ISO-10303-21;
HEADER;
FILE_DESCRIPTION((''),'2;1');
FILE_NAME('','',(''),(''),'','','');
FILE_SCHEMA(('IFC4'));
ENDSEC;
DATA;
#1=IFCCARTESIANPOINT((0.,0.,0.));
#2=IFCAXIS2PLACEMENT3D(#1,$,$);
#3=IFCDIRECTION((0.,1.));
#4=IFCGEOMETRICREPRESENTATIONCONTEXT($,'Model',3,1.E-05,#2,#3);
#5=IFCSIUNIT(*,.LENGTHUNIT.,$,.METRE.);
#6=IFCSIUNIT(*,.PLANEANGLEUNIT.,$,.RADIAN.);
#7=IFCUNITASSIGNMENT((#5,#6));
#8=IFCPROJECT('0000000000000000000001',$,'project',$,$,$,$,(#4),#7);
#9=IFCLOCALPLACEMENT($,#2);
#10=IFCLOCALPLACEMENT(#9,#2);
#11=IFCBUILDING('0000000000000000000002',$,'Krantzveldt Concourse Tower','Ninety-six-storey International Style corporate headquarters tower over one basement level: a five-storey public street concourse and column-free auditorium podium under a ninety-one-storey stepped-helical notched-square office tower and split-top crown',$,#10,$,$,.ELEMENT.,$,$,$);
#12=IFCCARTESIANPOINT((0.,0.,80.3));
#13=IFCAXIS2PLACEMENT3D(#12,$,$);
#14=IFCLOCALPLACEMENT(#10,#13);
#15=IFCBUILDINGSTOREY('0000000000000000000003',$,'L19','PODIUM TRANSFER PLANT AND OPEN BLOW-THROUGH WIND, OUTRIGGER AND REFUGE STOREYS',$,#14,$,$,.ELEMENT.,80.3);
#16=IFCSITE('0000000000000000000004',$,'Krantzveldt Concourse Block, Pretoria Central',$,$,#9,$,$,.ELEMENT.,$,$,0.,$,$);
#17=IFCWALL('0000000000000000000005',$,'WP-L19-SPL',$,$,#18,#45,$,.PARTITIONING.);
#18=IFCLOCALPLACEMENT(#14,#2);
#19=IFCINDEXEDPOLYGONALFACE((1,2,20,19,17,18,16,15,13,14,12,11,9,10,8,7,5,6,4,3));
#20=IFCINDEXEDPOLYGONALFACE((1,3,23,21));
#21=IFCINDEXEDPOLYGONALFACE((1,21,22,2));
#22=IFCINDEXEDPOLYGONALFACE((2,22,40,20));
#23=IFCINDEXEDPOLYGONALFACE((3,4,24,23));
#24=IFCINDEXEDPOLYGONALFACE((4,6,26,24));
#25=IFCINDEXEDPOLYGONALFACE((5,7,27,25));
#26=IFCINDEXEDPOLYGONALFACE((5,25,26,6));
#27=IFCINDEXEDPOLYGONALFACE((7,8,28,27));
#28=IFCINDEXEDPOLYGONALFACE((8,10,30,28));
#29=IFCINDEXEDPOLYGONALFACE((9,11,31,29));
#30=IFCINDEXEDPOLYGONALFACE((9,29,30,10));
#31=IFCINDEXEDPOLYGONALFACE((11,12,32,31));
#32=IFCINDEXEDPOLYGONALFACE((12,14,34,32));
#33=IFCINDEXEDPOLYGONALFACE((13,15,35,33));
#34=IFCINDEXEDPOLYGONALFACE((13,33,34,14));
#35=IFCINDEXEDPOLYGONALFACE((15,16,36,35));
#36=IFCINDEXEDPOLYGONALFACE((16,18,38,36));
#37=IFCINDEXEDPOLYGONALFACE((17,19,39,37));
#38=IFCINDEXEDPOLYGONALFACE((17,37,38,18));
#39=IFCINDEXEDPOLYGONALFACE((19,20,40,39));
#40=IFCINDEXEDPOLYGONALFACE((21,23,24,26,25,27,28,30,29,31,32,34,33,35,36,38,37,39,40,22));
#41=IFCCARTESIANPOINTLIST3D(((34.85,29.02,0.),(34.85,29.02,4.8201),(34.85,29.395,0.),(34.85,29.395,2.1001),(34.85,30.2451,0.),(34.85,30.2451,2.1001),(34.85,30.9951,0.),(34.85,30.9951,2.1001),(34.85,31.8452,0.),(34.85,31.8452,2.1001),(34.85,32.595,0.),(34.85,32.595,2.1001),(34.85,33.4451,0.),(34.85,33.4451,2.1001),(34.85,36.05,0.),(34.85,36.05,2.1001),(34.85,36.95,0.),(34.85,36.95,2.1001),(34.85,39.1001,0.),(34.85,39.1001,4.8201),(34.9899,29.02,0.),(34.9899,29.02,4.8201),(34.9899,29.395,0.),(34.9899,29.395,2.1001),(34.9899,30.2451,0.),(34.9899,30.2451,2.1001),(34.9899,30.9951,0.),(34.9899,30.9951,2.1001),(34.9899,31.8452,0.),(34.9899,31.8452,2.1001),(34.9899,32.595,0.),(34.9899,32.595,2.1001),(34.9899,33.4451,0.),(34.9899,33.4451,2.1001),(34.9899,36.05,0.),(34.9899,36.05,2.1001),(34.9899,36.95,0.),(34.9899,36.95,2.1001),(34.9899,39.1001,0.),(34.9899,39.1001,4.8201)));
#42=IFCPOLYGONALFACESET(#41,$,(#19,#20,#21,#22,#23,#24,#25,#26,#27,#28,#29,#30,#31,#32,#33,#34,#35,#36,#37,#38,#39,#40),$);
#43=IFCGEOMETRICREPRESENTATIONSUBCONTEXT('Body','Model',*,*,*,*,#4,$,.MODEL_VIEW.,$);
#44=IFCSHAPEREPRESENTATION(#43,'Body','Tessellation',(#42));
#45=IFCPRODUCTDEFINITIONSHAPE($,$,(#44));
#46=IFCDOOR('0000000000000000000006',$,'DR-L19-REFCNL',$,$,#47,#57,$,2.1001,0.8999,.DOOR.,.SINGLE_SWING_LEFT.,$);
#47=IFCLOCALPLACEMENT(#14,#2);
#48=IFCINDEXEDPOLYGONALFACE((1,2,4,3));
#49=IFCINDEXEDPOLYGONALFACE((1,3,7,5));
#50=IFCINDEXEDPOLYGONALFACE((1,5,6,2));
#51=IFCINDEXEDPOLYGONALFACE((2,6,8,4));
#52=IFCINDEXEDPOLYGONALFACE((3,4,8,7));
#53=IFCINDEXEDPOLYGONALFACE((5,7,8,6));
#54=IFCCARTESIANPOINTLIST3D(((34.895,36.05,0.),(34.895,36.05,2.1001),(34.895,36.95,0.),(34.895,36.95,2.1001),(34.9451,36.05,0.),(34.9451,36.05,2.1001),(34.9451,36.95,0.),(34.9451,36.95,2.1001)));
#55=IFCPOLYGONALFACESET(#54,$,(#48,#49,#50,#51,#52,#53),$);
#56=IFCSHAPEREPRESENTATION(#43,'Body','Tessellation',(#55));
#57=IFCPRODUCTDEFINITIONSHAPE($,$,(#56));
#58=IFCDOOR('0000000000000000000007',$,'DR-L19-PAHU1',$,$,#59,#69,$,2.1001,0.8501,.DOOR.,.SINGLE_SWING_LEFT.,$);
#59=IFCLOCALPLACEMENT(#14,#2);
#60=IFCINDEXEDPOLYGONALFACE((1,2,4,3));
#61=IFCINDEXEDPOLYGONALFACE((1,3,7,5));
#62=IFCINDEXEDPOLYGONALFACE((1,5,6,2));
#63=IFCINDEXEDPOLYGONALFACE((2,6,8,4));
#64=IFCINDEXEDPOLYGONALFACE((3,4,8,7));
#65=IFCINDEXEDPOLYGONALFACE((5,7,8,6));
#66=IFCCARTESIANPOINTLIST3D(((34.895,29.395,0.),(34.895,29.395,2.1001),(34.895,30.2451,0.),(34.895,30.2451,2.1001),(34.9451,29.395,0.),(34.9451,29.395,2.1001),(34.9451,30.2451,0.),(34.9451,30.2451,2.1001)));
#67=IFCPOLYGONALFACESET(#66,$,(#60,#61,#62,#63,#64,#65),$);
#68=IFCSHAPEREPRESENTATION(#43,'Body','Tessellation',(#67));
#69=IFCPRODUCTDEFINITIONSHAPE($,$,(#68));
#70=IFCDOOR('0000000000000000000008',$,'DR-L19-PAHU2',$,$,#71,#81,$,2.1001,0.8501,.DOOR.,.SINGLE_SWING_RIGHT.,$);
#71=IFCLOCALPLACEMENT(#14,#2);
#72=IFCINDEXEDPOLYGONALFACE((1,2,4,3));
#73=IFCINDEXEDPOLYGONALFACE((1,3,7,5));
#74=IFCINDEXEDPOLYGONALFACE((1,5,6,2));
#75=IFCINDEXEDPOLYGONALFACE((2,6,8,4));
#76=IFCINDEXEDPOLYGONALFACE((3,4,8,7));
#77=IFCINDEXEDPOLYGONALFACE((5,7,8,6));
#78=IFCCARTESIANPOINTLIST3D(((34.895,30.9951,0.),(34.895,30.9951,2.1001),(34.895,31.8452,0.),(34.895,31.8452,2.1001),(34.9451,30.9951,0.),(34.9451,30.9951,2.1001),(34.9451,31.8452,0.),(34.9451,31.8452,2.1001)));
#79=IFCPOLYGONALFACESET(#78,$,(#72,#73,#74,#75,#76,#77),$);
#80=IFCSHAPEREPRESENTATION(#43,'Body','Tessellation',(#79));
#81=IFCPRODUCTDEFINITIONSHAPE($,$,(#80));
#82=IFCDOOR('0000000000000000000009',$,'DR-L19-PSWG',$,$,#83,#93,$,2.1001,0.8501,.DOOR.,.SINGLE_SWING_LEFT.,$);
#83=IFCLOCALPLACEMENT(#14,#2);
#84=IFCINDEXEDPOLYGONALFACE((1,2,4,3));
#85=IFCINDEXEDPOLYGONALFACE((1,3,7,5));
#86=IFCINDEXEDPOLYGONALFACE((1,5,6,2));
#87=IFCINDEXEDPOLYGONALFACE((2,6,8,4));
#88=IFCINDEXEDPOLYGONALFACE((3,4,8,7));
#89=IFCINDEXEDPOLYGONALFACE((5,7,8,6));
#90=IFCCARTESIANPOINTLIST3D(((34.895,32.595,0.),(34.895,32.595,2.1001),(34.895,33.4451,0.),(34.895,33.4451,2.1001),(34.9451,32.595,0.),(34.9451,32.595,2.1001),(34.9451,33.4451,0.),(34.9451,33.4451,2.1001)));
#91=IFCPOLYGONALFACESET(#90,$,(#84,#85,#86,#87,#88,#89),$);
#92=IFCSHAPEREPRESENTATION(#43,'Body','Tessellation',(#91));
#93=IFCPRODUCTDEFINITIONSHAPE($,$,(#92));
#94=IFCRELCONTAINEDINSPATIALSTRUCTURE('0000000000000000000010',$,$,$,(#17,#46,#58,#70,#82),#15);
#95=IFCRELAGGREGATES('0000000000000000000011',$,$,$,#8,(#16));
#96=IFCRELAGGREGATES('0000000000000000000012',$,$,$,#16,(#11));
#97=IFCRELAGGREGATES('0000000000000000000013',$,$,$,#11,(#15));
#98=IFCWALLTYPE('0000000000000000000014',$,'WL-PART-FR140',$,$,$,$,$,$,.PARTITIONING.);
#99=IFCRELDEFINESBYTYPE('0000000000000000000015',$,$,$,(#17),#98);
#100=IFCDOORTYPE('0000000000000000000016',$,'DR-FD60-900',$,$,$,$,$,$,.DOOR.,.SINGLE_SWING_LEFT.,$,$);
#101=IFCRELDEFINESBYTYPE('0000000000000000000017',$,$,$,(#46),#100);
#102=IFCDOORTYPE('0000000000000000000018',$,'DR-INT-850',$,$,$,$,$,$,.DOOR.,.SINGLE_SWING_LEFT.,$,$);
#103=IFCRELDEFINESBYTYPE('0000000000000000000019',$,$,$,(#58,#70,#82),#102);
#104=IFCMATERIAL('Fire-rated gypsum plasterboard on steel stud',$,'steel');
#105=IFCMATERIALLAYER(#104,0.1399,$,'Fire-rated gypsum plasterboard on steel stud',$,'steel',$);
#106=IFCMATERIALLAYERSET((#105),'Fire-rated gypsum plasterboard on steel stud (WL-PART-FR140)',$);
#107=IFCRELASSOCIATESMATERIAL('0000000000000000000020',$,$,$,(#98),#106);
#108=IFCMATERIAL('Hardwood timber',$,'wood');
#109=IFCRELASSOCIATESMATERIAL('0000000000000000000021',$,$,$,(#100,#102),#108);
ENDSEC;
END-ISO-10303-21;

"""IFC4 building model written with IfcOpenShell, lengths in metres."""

from ifc_helpers import new_model, si_unit, direction, frame, frame_2d, origin, place, context, subcontext, project, spatial, rectangle, extrude, material, layer, layer_set, type_object, element, fill, save


model = new_model("IFC4")

# Units and contexts
model_context = context("Model", 3, precision=1e-05, world=origin(), true_north=direction((0.0, 1.0)))
body_context = subcontext(model_context, "Body", "Model", "MODEL_VIEW")
ifc_project = project(units=[si_unit("LENGTHUNIT", "METRE"), si_unit("PLANEANGLEUNIT", "RADIAN")], contexts=[model_context])

# Site, building, storey
site_placement = place(None, origin())
site = spatial("IfcSite", under=ifc_project, at=site_placement, Name="Krantzveldt Concourse Block, Pretoria Central", CompositionType="ELEMENT", RefElevation=0.0)
building_placement = place(site_placement, origin())
building = spatial("IfcBuilding", under=site, at=building_placement, Name="Krantzveldt Concourse Tower", Description="Ninety-six-storey International Style corporate headquarters tower over one basement level: a five-storey public street concourse and column-free auditorium podium under a ninety-one-storey stepped-helical notched-square office tower and split-top crown", CompositionType="ELEMENT")
storey_placement = place(building_placement, frame((0.0, 0.0, 80.3)))
storey = spatial("IfcBuildingStorey", under=building, at=storey_placement, Name="L19", Description="PODIUM TRANSFER PLANT AND OPEN BLOW-THROUGH WIND, OUTRIGGER AND REFUGE STOREYS", CompositionType="ELEMENT", Elevation=80.3)

# Wall, openings, doors
ifc_material_1 = material(Name="Fire-rated gypsum plasterboard on steel stud", Category="steel")
ifc_layer_1 = layer(ifc_material_1, 0.1399, Name="Fire-rated gypsum plasterboard on steel stud", Category="steel")
ifc_layer_set_1 = layer_set([ifc_layer_1], Name="Fire-rated gypsum plasterboard on steel stud (WL-PART-FR140)")
wall_type_1 = type_object("IfcWallType", Name="WL-PART-FR140", PredefinedType="PARTITIONING", material=ifc_layer_set_1)
wall_1_placement = place(storey_placement, frame((34.9199, 29.02, 0.0), z_axis=(0.0, 0.0, 1.0), x_axis=(0.0, 1.0, 0.0)))
wall_1 = element("IfcWall", 1, at=wall_1_placement, inside=storey, type_object=wall_type_1, Name="WP-L19-SPL", PredefinedType="PARTITIONING", context=body_context, shape_type="SweptSolid", body=[
    extrude(rectangle(XDim=10.0801, YDim=0.1399, at=frame_2d((5.04, 0.0))), origin(), (0.0, 0.0, 1.0), 4.8201),
])
opening_1_placement = place(wall_1_placement, frame((7.03, 0.0, 0.0)))
opening_1 = element("IfcOpeningElement", 2, at=opening_1_placement, cuts=wall_1, PredefinedType="OPENING", context=body_context, shape_type="SweptSolid", body=[
    extrude(rectangle(XDim=0.8999, YDim=2.1001, at=frame_2d((0.45, 1.05))), frame((0.0, 0.0801, 0.0), z_axis=(0.0, -1.0, 0.0), x_axis=(1.0, 0.0, 0.0)), (0.0, 0.0, 1.0), 0.1599),
])
opening_2_placement = place(wall_1_placement, frame((0.375, 0.0, 0.0)))
opening_2 = element("IfcOpeningElement", 3, at=opening_2_placement, cuts=wall_1, PredefinedType="OPENING", context=body_context, shape_type="SweptSolid", body=[
    extrude(rectangle(XDim=0.8501, YDim=2.1001, at=frame_2d((0.425, 1.05))), frame((0.0, 0.0801, 0.0), z_axis=(0.0, -1.0, 0.0), x_axis=(1.0, 0.0, 0.0)), (0.0, 0.0, 1.0), 0.1599),
])
opening_3_placement = place(wall_1_placement, frame((1.9751, 0.0, 0.0)))
opening_3 = element("IfcOpeningElement", 4, at=opening_3_placement, cuts=wall_1, PredefinedType="OPENING", context=body_context, shape_type="SweptSolid", body=[
    extrude(rectangle(XDim=0.8501, YDim=2.1001, at=frame_2d((0.425, 1.05))), frame((0.0, 0.0801, 0.0), z_axis=(0.0, -1.0, 0.0), x_axis=(1.0, 0.0, 0.0)), (0.0, 0.0, 1.0), 0.1599),
])
opening_4_placement = place(wall_1_placement, frame((3.575, 0.0, 0.0)))
opening_4 = element("IfcOpeningElement", 5, at=opening_4_placement, cuts=wall_1, PredefinedType="OPENING", context=body_context, shape_type="SweptSolid", body=[
    extrude(rectangle(XDim=0.8501, YDim=2.1001, at=frame_2d((0.425, 1.05))), frame((0.0, 0.0801, 0.0), z_axis=(0.0, -1.0, 0.0), x_axis=(1.0, 0.0, 0.0)), (0.0, 0.0, 1.0), 0.1599),
])
ifc_material_2 = material(Name="Hardwood timber", Category="wood")
door_type_1 = type_object("IfcDoorType", Name="DR-FD60-900", OperationType="SINGLE_SWING_LEFT", PredefinedType="DOOR", material=ifc_material_2)
door_1_placement = place(opening_1_placement, origin())
door_1 = element("IfcDoor", 6, at=door_1_placement, inside=storey, type_object=door_type_1, Name="DR-L19-REFCNL", OperationType="SINGLE_SWING_LEFT", OverallHeight=2.1001, OverallWidth=0.8999, PredefinedType="DOOR", context=body_context, shape_type="SweptSolid", body=[
    extrude(rectangle(XDim=0.8999, YDim=2.1001, at=frame_2d((0.45, 1.05))), frame((0.0, 0.0249, 0.0), z_axis=(0.0, -1.0, 0.0), x_axis=(1.0, 0.0, 0.0)), (0.0, 0.0, 1.0), 0.05),
])
fill(opening_1, door_1)
door_type_2 = type_object("IfcDoorType", Name="DR-INT-850", OperationType="SINGLE_SWING_LEFT", PredefinedType="DOOR", material=ifc_material_2)
door_2_placement = place(opening_2_placement, origin())
door_2 = element("IfcDoor", 7, at=door_2_placement, inside=storey, type_object=door_type_2, Name="DR-L19-PAHU1", OperationType="SINGLE_SWING_LEFT", OverallHeight=2.1001, OverallWidth=0.8501, PredefinedType="DOOR", context=body_context, shape_type="SweptSolid", body=[
    extrude(rectangle(XDim=0.8501, YDim=2.1001, at=frame_2d((0.425, 1.05))), frame((0.0, 0.0249, 0.0), z_axis=(0.0, -1.0, 0.0), x_axis=(1.0, 0.0, 0.0)), (0.0, 0.0, 1.0), 0.05),
])
fill(opening_2, door_2)
door_3_placement = place(opening_3_placement, origin())
door_3 = element("IfcDoor", 8, at=door_3_placement, inside=storey, type_object=door_type_2, Name="DR-L19-PAHU2", OperationType="SINGLE_SWING_RIGHT", OverallHeight=2.1001, OverallWidth=0.8501, PredefinedType="DOOR", context=body_context, shape_type="SweptSolid", body=[
    extrude(rectangle(XDim=0.8501, YDim=2.1001, at=frame_2d((0.425, 1.05))), frame((0.0, 0.0249, 0.0), z_axis=(0.0, -1.0, 0.0), x_axis=(1.0, 0.0, 0.0)), (0.0, 0.0, 1.0), 0.05),
])
fill(opening_3, door_3)
door_4_placement = place(opening_4_placement, origin())
door_4 = element("IfcDoor", 9, at=door_4_placement, inside=storey, type_object=door_type_2, Name="DR-L19-PSWG", OperationType="SINGLE_SWING_LEFT", OverallHeight=2.1001, OverallWidth=0.8501, PredefinedType="DOOR", context=body_context, shape_type="SweptSolid", body=[
    extrude(rectangle(XDim=0.8501, YDim=2.1001, at=frame_2d((0.425, 1.05))), frame((0.0, 0.0249, 0.0), z_axis=(0.0, -1.0, 0.0), x_axis=(1.0, 0.0, 0.0)), (0.0, 0.0, 1.0), 0.05),
])
fill(opening_4, door_4)

save(model, "model.ifc")
